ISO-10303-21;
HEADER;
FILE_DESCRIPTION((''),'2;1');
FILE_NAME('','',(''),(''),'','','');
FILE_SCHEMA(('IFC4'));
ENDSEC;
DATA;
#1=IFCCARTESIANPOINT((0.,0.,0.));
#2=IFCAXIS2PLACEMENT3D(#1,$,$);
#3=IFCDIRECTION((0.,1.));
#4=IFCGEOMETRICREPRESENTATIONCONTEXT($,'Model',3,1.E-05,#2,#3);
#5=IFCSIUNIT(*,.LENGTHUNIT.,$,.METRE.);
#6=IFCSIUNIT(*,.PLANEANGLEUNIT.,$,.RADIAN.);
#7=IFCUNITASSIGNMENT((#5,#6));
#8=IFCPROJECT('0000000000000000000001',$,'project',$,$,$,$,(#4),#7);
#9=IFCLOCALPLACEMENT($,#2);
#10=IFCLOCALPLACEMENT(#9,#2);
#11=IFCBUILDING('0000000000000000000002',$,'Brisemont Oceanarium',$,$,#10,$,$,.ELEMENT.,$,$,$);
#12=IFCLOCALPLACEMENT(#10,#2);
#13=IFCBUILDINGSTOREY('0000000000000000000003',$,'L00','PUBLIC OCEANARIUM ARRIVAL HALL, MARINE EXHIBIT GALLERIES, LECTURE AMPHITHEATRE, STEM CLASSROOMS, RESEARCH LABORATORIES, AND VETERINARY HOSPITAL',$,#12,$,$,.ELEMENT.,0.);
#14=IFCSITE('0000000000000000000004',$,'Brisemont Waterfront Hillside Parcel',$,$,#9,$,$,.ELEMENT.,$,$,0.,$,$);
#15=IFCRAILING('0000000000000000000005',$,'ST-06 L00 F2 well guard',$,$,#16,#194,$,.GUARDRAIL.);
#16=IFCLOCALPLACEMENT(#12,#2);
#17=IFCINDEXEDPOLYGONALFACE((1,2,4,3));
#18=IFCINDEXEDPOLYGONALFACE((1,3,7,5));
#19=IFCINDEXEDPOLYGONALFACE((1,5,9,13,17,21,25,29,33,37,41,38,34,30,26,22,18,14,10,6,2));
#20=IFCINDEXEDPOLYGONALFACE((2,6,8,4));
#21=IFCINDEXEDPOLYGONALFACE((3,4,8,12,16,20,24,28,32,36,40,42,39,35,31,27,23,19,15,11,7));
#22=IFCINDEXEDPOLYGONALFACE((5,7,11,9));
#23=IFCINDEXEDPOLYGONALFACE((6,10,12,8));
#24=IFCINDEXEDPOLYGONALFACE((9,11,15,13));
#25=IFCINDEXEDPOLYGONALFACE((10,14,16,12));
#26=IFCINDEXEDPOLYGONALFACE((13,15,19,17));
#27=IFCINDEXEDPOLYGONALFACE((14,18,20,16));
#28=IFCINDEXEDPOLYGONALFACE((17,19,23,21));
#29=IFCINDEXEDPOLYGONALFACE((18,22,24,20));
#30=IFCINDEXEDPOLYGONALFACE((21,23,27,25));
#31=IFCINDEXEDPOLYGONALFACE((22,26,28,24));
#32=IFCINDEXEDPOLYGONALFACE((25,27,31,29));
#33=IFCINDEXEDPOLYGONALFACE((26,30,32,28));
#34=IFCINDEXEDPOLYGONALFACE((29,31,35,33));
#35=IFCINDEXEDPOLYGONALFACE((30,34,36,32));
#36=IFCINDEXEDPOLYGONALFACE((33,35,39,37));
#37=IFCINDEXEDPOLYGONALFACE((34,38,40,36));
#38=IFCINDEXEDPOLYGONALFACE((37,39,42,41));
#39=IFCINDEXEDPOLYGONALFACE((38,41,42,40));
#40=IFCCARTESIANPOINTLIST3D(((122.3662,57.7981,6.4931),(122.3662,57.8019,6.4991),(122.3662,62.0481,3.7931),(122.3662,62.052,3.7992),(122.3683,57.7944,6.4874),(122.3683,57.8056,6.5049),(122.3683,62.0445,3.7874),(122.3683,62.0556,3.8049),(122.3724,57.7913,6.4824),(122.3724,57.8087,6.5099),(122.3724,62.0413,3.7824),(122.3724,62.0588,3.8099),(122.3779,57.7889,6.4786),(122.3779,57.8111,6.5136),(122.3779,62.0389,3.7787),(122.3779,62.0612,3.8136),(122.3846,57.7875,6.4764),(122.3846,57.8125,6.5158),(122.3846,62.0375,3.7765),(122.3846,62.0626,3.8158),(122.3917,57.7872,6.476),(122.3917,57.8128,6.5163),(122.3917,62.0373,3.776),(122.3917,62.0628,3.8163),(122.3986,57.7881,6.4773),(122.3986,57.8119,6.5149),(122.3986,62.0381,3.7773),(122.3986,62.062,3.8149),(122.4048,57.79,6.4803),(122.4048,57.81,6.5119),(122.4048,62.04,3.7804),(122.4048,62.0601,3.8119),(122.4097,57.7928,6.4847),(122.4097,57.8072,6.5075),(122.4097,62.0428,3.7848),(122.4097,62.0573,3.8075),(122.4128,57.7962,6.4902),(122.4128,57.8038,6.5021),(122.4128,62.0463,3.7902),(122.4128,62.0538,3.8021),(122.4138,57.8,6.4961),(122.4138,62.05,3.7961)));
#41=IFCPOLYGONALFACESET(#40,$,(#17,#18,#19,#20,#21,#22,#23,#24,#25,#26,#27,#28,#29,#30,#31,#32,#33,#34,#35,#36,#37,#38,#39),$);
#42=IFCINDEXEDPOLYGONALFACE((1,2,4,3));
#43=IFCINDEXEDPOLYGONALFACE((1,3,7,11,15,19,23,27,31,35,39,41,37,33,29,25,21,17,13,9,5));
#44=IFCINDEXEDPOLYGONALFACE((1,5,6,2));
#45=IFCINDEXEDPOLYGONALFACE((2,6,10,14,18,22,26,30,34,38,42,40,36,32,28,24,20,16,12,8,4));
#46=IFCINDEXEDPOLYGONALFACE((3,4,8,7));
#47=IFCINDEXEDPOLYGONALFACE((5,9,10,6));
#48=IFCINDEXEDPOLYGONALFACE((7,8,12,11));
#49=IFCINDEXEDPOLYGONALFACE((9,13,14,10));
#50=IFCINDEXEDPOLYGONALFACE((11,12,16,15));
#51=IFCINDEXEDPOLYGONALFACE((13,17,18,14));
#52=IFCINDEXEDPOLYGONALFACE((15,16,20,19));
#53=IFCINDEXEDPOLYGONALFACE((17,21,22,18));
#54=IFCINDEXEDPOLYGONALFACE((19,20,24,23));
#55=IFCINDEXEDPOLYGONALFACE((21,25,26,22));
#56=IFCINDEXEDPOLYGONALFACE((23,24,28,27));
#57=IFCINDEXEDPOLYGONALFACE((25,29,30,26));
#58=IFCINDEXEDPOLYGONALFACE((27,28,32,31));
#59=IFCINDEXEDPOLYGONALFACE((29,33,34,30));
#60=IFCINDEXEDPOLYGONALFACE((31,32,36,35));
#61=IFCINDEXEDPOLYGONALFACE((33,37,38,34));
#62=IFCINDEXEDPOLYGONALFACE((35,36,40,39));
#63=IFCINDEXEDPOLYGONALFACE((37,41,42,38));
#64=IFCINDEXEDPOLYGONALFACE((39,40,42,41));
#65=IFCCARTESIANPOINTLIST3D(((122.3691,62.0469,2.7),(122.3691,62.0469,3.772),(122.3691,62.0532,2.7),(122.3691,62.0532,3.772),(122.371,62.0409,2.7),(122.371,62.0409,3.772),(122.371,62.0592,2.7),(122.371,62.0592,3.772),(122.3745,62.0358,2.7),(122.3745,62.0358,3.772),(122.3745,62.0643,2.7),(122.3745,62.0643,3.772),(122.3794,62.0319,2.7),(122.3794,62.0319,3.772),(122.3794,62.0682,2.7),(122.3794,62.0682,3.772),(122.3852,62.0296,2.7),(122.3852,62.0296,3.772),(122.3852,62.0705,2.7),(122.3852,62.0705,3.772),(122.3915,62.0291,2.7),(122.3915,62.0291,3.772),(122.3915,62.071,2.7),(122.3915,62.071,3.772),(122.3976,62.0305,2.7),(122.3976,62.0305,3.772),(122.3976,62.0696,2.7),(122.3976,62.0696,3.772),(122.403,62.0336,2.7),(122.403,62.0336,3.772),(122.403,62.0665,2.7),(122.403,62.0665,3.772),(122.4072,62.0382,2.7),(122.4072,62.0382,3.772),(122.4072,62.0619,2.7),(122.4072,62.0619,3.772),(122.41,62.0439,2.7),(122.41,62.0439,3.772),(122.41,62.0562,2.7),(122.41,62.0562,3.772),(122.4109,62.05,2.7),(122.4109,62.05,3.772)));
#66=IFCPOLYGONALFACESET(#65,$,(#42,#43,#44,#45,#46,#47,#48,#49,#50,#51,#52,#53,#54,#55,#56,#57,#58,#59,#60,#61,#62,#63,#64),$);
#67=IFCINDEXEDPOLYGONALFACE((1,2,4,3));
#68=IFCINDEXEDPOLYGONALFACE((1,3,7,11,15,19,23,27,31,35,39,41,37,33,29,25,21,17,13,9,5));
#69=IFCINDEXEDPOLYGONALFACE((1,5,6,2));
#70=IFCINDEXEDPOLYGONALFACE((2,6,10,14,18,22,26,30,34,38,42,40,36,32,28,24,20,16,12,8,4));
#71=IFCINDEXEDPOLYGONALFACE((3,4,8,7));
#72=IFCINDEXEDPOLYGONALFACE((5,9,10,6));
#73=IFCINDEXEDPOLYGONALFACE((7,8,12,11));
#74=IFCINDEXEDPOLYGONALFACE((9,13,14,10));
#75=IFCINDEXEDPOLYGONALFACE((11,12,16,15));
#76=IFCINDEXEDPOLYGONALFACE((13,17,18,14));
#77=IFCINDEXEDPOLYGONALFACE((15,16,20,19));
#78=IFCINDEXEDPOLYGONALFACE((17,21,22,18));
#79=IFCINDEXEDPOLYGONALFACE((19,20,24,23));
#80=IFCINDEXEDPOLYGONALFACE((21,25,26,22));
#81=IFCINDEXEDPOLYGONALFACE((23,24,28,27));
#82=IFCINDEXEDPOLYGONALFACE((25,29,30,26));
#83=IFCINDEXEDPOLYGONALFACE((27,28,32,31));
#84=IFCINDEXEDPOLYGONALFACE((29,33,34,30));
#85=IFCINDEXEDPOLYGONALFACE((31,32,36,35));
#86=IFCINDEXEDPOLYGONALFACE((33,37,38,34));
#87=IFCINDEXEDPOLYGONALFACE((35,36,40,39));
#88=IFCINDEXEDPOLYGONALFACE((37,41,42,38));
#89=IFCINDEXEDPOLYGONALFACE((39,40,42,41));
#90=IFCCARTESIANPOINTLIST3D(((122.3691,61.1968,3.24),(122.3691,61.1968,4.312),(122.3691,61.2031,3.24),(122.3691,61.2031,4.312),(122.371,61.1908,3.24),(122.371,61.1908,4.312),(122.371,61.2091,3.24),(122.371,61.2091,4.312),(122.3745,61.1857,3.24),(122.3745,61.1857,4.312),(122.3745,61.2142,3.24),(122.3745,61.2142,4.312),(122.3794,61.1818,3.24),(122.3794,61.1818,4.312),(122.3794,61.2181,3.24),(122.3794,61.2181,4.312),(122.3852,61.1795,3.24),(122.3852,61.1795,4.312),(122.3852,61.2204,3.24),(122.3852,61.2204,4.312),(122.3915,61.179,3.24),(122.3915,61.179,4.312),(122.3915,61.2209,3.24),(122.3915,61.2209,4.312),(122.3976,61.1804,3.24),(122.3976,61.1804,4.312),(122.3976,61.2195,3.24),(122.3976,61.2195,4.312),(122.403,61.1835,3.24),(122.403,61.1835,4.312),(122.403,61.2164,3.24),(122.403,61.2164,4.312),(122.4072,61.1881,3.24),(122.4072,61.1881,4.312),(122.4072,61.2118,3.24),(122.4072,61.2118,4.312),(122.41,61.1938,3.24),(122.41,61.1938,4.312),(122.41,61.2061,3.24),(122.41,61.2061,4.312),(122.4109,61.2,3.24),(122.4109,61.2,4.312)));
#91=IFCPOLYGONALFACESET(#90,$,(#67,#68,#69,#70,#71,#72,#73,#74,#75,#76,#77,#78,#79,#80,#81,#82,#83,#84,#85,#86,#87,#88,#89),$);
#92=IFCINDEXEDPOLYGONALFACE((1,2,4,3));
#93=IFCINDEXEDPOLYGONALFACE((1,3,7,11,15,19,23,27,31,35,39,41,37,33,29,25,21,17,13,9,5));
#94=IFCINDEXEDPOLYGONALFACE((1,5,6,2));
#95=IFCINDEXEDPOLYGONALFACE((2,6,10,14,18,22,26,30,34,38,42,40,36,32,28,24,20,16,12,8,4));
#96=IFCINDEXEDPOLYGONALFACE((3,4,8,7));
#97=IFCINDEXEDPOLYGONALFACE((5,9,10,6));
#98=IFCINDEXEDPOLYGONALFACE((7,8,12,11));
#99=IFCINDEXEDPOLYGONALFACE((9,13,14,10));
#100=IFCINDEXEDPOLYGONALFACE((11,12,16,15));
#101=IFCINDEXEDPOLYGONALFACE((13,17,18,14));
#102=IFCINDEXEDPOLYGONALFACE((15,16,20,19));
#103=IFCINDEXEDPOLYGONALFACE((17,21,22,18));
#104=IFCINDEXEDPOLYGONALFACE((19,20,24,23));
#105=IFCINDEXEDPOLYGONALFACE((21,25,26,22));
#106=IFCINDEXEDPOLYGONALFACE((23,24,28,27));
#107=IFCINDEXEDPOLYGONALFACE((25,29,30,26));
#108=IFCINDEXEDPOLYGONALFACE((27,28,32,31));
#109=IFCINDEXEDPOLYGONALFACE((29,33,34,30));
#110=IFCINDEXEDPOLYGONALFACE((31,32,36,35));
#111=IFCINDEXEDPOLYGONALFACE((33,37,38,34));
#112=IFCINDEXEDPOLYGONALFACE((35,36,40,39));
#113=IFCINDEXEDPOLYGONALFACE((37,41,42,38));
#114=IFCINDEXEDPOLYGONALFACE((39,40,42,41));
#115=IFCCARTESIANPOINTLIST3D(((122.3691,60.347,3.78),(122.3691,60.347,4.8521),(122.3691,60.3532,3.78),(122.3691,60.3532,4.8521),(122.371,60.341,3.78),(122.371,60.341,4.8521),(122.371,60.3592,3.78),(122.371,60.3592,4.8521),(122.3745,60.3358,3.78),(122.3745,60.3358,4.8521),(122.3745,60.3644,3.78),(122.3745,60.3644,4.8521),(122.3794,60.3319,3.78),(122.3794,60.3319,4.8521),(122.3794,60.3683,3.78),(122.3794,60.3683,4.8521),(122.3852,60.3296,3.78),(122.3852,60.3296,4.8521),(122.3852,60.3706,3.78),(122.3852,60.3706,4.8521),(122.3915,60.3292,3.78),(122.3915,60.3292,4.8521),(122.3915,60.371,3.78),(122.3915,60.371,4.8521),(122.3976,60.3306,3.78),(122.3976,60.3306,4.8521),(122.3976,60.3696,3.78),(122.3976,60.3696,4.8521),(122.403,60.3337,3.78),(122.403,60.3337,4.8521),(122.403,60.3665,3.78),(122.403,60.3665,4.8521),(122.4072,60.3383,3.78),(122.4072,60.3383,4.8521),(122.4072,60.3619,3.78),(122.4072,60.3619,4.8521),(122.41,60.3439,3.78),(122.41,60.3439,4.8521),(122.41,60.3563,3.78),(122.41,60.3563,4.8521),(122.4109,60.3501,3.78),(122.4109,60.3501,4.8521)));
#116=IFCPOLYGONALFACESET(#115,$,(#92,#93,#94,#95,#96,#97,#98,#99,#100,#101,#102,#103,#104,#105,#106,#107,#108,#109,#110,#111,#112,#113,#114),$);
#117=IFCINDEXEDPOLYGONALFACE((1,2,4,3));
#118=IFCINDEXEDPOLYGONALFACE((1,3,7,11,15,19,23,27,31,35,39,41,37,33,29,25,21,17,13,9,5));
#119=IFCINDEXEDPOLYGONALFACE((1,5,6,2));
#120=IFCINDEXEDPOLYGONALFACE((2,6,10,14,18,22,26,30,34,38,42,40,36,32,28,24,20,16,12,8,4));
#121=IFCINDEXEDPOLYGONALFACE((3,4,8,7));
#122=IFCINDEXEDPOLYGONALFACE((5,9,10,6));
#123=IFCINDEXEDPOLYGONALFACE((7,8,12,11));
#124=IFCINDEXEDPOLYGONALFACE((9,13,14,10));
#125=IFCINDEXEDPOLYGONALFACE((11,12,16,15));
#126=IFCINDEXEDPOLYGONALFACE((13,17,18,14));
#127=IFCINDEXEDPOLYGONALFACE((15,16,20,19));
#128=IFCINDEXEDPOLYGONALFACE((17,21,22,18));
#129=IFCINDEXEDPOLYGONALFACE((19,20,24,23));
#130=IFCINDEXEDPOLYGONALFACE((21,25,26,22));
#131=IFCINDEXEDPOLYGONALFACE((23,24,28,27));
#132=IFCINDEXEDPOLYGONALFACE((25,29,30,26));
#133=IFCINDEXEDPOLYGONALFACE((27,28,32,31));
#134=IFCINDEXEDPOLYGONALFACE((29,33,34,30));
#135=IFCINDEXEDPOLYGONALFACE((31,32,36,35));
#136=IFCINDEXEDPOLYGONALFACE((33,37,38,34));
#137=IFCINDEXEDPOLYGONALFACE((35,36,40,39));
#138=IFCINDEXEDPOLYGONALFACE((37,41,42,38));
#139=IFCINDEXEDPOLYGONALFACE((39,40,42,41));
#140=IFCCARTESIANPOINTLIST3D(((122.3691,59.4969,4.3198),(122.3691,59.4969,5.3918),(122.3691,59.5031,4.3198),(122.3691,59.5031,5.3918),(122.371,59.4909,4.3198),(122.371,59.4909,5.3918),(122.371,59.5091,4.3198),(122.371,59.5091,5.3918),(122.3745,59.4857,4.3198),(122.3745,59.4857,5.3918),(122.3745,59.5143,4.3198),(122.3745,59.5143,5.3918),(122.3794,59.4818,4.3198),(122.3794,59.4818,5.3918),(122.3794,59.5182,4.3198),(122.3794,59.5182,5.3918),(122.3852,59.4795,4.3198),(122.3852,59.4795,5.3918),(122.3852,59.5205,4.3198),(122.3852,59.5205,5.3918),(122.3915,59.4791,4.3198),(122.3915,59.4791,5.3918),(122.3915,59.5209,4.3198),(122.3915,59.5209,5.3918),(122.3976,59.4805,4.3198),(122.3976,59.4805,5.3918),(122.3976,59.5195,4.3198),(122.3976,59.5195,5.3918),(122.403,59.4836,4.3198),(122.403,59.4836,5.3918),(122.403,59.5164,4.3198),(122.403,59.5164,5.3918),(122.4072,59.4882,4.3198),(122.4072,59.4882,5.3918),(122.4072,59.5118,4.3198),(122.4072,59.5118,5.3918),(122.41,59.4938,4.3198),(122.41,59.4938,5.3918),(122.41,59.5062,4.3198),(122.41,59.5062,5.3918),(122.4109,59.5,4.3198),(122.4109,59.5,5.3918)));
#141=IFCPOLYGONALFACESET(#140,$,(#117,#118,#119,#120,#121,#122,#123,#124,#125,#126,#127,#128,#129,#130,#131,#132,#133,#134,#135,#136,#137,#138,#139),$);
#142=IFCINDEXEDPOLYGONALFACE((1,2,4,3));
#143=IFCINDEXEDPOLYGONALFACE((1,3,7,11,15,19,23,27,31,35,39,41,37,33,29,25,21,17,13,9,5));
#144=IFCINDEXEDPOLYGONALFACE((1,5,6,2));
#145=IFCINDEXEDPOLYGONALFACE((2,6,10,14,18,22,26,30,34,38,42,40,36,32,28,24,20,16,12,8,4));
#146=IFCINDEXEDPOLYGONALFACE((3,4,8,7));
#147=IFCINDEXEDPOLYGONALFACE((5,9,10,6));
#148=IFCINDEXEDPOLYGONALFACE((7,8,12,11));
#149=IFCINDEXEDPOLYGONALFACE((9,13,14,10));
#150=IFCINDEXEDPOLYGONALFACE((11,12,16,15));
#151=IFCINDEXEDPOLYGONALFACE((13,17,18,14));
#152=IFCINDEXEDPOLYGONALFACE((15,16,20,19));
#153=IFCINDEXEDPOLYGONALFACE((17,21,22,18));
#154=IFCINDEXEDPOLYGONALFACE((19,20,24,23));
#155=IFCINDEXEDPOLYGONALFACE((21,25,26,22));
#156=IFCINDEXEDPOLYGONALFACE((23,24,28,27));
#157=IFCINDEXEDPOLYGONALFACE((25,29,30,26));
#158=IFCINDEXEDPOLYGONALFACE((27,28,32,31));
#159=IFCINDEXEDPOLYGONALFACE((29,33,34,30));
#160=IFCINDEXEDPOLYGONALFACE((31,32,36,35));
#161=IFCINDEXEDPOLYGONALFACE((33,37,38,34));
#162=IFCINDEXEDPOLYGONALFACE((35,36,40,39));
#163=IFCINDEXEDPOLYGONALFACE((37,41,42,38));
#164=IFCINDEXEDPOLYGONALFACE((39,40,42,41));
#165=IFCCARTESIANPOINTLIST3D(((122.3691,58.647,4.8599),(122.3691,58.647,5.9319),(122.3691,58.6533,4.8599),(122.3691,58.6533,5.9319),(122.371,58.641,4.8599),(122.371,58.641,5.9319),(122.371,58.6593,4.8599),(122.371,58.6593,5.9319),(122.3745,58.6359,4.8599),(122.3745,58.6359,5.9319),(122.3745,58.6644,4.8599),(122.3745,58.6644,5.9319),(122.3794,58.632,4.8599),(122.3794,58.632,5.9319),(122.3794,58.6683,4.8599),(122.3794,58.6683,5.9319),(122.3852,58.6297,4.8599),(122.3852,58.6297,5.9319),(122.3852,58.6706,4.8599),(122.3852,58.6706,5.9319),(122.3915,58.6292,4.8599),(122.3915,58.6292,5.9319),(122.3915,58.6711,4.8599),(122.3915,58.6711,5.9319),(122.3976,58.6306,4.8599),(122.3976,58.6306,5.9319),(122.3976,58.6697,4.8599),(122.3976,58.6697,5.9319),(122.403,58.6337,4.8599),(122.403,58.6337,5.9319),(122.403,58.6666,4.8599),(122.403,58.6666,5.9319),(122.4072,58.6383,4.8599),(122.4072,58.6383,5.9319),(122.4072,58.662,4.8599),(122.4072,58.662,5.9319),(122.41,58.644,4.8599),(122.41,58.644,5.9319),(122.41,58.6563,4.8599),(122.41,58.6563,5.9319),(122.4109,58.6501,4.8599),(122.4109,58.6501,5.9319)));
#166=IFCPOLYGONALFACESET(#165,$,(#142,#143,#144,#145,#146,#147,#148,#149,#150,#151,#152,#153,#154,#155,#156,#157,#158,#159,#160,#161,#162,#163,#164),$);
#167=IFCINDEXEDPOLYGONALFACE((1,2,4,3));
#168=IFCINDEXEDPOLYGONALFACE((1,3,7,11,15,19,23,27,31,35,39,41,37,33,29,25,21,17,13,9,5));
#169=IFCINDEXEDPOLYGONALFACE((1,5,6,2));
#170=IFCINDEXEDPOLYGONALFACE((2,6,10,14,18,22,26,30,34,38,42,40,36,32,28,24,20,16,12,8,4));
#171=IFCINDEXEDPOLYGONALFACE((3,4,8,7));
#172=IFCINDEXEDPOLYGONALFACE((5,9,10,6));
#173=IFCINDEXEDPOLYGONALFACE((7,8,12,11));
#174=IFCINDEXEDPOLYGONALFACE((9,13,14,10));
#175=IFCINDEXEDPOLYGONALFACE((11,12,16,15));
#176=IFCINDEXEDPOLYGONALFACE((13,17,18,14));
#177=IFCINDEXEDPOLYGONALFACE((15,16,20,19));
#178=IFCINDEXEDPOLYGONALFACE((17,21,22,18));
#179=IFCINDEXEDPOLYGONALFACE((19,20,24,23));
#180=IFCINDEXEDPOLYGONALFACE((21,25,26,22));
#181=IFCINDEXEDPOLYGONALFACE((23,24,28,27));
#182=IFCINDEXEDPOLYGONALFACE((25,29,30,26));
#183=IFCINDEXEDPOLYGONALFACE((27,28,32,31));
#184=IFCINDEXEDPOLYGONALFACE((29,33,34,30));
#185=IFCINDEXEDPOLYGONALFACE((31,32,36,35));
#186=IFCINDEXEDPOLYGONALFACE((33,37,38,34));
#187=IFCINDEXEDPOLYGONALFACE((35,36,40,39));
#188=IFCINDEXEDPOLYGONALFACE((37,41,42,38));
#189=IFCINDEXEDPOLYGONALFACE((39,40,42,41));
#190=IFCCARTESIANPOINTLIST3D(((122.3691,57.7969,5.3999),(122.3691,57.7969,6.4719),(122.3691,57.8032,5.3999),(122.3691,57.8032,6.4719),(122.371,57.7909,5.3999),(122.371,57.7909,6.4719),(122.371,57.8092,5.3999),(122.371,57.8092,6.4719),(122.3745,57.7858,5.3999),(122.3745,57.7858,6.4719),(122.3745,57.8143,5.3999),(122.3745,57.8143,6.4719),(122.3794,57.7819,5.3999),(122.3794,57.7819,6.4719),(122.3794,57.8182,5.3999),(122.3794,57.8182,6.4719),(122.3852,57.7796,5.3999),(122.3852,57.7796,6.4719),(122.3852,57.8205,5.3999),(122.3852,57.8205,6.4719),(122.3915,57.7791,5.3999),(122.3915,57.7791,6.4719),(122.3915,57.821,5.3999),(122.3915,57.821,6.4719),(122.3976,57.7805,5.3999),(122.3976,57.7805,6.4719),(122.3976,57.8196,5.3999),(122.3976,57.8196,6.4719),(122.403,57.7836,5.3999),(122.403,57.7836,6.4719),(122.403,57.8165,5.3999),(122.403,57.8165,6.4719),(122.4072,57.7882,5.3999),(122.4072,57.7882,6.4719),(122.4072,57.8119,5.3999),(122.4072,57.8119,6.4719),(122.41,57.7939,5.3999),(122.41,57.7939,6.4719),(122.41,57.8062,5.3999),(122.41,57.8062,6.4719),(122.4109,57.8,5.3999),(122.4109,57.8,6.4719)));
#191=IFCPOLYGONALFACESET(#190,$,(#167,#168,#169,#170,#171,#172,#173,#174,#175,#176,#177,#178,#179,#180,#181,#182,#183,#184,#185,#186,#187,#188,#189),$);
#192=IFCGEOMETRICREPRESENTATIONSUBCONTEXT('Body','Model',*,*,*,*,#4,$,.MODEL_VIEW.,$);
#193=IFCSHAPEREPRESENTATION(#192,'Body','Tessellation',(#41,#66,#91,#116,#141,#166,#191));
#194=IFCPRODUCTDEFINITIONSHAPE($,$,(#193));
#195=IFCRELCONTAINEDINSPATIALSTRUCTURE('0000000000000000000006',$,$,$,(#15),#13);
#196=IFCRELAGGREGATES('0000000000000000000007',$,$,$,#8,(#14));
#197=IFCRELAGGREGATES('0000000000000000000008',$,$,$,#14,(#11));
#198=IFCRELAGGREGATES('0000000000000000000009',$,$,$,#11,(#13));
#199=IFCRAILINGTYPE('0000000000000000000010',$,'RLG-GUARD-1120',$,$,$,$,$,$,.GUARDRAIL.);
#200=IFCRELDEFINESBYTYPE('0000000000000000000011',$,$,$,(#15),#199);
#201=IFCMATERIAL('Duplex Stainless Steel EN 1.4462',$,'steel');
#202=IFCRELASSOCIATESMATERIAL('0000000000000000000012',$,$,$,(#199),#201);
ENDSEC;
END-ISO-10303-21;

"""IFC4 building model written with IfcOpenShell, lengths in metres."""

from ifc_helpers import new_model, si_unit, direction, frame, origin, origin_2d, place, context, subcontext, project, spatial, circle, extrude, material, type_object, element, save


model = new_model("IFC4")

# Units and contexts
model_context = context("Model", 3, precision=1e-05, world=origin(), true_north=direction((0.0, 1.0)))
body_context = subcontext(model_context, "Body", "Model", "MODEL_VIEW")
ifc_project = project(units=[si_unit("LENGTHUNIT", "METRE"), si_unit("PLANEANGLEUNIT", "RADIAN")], contexts=[model_context])

# Site, building, storey
site_placement = place(None, origin())
site = spatial("IfcSite", under=ifc_project, at=site_placement, Name="Brisemont Waterfront Hillside Parcel", CompositionType="ELEMENT", RefElevation=0.0)
building_placement = place(site_placement, origin())
building = spatial("IfcBuilding", under=site, at=building_placement, Name="Brisemont Oceanarium", CompositionType="ELEMENT")
storey_placement = place(building_placement, origin())
storey = spatial("IfcBuildingStorey", under=building, at=storey_placement, Name="L00", Description="PUBLIC OCEANARIUM ARRIVAL HALL, MARINE EXHIBIT GALLERIES, LECTURE AMPHITHEATRE, STEM CLASSROOMS, RESEARCH LABORATORIES, AND VETERINARY HOSPITAL", CompositionType="ELEMENT", Elevation=0.0)

# Railing
ifc_material_1 = material(Name="Duplex Stainless Steel EN 1.4462", Category="steel")
railing_type = type_object("IfcRailingType", Name="RLG-GUARD-1120", PredefinedType="GUARDRAIL", material=ifc_material_1)
railing_placement = place(storey_placement, frame((122.3899, 62.05, 2.7)))
element("IfcRailing", 1, at=railing_placement, inside=storey, type_object=railing_type, Name="ST-06 L00 F2 well guard", PredefinedType="GUARDRAIL", context=body_context, shape_type="SweptSolid", body=[
    extrude(circle(Radius=0.0239, at=origin_2d()), frame((0.0, 0.0, 1.0962), z_axis=(0.0, -0.844075, 0.536226), x_axis=(1.0, 0.0, 0.0)), (0.0, 0.0, 1.0), 5.0352),
    extrude(circle(Radius=0.021, at=origin_2d()), origin(), (0.0, 0.0, 1.0), 1.072),
    extrude(circle(Radius=0.021, at=origin_2d()), frame((0.0, -0.8501, 0.54)), (0.0, 0.0, 1.0), 1.072),
    extrude(circle(Radius=0.021, at=origin_2d()), frame((0.0, -1.7, 1.0801)), (0.0, 0.0, 1.0), 1.072),
    extrude(circle(Radius=0.021, at=origin_2d()), frame((0.0, -2.55, 1.6199)), (0.0, 0.0, 1.0), 1.072),
    extrude(circle(Radius=0.021, at=origin_2d()), frame((0.0, -3.3999, 2.1599)), (0.0, 0.0, 1.0), 1.072),
    extrude(circle(Radius=0.021, at=origin_2d()), frame((0.0, -4.25, 2.7)), (0.0, 0.0, 1.0), 1.072),
])

save(model, "model.ifc")
